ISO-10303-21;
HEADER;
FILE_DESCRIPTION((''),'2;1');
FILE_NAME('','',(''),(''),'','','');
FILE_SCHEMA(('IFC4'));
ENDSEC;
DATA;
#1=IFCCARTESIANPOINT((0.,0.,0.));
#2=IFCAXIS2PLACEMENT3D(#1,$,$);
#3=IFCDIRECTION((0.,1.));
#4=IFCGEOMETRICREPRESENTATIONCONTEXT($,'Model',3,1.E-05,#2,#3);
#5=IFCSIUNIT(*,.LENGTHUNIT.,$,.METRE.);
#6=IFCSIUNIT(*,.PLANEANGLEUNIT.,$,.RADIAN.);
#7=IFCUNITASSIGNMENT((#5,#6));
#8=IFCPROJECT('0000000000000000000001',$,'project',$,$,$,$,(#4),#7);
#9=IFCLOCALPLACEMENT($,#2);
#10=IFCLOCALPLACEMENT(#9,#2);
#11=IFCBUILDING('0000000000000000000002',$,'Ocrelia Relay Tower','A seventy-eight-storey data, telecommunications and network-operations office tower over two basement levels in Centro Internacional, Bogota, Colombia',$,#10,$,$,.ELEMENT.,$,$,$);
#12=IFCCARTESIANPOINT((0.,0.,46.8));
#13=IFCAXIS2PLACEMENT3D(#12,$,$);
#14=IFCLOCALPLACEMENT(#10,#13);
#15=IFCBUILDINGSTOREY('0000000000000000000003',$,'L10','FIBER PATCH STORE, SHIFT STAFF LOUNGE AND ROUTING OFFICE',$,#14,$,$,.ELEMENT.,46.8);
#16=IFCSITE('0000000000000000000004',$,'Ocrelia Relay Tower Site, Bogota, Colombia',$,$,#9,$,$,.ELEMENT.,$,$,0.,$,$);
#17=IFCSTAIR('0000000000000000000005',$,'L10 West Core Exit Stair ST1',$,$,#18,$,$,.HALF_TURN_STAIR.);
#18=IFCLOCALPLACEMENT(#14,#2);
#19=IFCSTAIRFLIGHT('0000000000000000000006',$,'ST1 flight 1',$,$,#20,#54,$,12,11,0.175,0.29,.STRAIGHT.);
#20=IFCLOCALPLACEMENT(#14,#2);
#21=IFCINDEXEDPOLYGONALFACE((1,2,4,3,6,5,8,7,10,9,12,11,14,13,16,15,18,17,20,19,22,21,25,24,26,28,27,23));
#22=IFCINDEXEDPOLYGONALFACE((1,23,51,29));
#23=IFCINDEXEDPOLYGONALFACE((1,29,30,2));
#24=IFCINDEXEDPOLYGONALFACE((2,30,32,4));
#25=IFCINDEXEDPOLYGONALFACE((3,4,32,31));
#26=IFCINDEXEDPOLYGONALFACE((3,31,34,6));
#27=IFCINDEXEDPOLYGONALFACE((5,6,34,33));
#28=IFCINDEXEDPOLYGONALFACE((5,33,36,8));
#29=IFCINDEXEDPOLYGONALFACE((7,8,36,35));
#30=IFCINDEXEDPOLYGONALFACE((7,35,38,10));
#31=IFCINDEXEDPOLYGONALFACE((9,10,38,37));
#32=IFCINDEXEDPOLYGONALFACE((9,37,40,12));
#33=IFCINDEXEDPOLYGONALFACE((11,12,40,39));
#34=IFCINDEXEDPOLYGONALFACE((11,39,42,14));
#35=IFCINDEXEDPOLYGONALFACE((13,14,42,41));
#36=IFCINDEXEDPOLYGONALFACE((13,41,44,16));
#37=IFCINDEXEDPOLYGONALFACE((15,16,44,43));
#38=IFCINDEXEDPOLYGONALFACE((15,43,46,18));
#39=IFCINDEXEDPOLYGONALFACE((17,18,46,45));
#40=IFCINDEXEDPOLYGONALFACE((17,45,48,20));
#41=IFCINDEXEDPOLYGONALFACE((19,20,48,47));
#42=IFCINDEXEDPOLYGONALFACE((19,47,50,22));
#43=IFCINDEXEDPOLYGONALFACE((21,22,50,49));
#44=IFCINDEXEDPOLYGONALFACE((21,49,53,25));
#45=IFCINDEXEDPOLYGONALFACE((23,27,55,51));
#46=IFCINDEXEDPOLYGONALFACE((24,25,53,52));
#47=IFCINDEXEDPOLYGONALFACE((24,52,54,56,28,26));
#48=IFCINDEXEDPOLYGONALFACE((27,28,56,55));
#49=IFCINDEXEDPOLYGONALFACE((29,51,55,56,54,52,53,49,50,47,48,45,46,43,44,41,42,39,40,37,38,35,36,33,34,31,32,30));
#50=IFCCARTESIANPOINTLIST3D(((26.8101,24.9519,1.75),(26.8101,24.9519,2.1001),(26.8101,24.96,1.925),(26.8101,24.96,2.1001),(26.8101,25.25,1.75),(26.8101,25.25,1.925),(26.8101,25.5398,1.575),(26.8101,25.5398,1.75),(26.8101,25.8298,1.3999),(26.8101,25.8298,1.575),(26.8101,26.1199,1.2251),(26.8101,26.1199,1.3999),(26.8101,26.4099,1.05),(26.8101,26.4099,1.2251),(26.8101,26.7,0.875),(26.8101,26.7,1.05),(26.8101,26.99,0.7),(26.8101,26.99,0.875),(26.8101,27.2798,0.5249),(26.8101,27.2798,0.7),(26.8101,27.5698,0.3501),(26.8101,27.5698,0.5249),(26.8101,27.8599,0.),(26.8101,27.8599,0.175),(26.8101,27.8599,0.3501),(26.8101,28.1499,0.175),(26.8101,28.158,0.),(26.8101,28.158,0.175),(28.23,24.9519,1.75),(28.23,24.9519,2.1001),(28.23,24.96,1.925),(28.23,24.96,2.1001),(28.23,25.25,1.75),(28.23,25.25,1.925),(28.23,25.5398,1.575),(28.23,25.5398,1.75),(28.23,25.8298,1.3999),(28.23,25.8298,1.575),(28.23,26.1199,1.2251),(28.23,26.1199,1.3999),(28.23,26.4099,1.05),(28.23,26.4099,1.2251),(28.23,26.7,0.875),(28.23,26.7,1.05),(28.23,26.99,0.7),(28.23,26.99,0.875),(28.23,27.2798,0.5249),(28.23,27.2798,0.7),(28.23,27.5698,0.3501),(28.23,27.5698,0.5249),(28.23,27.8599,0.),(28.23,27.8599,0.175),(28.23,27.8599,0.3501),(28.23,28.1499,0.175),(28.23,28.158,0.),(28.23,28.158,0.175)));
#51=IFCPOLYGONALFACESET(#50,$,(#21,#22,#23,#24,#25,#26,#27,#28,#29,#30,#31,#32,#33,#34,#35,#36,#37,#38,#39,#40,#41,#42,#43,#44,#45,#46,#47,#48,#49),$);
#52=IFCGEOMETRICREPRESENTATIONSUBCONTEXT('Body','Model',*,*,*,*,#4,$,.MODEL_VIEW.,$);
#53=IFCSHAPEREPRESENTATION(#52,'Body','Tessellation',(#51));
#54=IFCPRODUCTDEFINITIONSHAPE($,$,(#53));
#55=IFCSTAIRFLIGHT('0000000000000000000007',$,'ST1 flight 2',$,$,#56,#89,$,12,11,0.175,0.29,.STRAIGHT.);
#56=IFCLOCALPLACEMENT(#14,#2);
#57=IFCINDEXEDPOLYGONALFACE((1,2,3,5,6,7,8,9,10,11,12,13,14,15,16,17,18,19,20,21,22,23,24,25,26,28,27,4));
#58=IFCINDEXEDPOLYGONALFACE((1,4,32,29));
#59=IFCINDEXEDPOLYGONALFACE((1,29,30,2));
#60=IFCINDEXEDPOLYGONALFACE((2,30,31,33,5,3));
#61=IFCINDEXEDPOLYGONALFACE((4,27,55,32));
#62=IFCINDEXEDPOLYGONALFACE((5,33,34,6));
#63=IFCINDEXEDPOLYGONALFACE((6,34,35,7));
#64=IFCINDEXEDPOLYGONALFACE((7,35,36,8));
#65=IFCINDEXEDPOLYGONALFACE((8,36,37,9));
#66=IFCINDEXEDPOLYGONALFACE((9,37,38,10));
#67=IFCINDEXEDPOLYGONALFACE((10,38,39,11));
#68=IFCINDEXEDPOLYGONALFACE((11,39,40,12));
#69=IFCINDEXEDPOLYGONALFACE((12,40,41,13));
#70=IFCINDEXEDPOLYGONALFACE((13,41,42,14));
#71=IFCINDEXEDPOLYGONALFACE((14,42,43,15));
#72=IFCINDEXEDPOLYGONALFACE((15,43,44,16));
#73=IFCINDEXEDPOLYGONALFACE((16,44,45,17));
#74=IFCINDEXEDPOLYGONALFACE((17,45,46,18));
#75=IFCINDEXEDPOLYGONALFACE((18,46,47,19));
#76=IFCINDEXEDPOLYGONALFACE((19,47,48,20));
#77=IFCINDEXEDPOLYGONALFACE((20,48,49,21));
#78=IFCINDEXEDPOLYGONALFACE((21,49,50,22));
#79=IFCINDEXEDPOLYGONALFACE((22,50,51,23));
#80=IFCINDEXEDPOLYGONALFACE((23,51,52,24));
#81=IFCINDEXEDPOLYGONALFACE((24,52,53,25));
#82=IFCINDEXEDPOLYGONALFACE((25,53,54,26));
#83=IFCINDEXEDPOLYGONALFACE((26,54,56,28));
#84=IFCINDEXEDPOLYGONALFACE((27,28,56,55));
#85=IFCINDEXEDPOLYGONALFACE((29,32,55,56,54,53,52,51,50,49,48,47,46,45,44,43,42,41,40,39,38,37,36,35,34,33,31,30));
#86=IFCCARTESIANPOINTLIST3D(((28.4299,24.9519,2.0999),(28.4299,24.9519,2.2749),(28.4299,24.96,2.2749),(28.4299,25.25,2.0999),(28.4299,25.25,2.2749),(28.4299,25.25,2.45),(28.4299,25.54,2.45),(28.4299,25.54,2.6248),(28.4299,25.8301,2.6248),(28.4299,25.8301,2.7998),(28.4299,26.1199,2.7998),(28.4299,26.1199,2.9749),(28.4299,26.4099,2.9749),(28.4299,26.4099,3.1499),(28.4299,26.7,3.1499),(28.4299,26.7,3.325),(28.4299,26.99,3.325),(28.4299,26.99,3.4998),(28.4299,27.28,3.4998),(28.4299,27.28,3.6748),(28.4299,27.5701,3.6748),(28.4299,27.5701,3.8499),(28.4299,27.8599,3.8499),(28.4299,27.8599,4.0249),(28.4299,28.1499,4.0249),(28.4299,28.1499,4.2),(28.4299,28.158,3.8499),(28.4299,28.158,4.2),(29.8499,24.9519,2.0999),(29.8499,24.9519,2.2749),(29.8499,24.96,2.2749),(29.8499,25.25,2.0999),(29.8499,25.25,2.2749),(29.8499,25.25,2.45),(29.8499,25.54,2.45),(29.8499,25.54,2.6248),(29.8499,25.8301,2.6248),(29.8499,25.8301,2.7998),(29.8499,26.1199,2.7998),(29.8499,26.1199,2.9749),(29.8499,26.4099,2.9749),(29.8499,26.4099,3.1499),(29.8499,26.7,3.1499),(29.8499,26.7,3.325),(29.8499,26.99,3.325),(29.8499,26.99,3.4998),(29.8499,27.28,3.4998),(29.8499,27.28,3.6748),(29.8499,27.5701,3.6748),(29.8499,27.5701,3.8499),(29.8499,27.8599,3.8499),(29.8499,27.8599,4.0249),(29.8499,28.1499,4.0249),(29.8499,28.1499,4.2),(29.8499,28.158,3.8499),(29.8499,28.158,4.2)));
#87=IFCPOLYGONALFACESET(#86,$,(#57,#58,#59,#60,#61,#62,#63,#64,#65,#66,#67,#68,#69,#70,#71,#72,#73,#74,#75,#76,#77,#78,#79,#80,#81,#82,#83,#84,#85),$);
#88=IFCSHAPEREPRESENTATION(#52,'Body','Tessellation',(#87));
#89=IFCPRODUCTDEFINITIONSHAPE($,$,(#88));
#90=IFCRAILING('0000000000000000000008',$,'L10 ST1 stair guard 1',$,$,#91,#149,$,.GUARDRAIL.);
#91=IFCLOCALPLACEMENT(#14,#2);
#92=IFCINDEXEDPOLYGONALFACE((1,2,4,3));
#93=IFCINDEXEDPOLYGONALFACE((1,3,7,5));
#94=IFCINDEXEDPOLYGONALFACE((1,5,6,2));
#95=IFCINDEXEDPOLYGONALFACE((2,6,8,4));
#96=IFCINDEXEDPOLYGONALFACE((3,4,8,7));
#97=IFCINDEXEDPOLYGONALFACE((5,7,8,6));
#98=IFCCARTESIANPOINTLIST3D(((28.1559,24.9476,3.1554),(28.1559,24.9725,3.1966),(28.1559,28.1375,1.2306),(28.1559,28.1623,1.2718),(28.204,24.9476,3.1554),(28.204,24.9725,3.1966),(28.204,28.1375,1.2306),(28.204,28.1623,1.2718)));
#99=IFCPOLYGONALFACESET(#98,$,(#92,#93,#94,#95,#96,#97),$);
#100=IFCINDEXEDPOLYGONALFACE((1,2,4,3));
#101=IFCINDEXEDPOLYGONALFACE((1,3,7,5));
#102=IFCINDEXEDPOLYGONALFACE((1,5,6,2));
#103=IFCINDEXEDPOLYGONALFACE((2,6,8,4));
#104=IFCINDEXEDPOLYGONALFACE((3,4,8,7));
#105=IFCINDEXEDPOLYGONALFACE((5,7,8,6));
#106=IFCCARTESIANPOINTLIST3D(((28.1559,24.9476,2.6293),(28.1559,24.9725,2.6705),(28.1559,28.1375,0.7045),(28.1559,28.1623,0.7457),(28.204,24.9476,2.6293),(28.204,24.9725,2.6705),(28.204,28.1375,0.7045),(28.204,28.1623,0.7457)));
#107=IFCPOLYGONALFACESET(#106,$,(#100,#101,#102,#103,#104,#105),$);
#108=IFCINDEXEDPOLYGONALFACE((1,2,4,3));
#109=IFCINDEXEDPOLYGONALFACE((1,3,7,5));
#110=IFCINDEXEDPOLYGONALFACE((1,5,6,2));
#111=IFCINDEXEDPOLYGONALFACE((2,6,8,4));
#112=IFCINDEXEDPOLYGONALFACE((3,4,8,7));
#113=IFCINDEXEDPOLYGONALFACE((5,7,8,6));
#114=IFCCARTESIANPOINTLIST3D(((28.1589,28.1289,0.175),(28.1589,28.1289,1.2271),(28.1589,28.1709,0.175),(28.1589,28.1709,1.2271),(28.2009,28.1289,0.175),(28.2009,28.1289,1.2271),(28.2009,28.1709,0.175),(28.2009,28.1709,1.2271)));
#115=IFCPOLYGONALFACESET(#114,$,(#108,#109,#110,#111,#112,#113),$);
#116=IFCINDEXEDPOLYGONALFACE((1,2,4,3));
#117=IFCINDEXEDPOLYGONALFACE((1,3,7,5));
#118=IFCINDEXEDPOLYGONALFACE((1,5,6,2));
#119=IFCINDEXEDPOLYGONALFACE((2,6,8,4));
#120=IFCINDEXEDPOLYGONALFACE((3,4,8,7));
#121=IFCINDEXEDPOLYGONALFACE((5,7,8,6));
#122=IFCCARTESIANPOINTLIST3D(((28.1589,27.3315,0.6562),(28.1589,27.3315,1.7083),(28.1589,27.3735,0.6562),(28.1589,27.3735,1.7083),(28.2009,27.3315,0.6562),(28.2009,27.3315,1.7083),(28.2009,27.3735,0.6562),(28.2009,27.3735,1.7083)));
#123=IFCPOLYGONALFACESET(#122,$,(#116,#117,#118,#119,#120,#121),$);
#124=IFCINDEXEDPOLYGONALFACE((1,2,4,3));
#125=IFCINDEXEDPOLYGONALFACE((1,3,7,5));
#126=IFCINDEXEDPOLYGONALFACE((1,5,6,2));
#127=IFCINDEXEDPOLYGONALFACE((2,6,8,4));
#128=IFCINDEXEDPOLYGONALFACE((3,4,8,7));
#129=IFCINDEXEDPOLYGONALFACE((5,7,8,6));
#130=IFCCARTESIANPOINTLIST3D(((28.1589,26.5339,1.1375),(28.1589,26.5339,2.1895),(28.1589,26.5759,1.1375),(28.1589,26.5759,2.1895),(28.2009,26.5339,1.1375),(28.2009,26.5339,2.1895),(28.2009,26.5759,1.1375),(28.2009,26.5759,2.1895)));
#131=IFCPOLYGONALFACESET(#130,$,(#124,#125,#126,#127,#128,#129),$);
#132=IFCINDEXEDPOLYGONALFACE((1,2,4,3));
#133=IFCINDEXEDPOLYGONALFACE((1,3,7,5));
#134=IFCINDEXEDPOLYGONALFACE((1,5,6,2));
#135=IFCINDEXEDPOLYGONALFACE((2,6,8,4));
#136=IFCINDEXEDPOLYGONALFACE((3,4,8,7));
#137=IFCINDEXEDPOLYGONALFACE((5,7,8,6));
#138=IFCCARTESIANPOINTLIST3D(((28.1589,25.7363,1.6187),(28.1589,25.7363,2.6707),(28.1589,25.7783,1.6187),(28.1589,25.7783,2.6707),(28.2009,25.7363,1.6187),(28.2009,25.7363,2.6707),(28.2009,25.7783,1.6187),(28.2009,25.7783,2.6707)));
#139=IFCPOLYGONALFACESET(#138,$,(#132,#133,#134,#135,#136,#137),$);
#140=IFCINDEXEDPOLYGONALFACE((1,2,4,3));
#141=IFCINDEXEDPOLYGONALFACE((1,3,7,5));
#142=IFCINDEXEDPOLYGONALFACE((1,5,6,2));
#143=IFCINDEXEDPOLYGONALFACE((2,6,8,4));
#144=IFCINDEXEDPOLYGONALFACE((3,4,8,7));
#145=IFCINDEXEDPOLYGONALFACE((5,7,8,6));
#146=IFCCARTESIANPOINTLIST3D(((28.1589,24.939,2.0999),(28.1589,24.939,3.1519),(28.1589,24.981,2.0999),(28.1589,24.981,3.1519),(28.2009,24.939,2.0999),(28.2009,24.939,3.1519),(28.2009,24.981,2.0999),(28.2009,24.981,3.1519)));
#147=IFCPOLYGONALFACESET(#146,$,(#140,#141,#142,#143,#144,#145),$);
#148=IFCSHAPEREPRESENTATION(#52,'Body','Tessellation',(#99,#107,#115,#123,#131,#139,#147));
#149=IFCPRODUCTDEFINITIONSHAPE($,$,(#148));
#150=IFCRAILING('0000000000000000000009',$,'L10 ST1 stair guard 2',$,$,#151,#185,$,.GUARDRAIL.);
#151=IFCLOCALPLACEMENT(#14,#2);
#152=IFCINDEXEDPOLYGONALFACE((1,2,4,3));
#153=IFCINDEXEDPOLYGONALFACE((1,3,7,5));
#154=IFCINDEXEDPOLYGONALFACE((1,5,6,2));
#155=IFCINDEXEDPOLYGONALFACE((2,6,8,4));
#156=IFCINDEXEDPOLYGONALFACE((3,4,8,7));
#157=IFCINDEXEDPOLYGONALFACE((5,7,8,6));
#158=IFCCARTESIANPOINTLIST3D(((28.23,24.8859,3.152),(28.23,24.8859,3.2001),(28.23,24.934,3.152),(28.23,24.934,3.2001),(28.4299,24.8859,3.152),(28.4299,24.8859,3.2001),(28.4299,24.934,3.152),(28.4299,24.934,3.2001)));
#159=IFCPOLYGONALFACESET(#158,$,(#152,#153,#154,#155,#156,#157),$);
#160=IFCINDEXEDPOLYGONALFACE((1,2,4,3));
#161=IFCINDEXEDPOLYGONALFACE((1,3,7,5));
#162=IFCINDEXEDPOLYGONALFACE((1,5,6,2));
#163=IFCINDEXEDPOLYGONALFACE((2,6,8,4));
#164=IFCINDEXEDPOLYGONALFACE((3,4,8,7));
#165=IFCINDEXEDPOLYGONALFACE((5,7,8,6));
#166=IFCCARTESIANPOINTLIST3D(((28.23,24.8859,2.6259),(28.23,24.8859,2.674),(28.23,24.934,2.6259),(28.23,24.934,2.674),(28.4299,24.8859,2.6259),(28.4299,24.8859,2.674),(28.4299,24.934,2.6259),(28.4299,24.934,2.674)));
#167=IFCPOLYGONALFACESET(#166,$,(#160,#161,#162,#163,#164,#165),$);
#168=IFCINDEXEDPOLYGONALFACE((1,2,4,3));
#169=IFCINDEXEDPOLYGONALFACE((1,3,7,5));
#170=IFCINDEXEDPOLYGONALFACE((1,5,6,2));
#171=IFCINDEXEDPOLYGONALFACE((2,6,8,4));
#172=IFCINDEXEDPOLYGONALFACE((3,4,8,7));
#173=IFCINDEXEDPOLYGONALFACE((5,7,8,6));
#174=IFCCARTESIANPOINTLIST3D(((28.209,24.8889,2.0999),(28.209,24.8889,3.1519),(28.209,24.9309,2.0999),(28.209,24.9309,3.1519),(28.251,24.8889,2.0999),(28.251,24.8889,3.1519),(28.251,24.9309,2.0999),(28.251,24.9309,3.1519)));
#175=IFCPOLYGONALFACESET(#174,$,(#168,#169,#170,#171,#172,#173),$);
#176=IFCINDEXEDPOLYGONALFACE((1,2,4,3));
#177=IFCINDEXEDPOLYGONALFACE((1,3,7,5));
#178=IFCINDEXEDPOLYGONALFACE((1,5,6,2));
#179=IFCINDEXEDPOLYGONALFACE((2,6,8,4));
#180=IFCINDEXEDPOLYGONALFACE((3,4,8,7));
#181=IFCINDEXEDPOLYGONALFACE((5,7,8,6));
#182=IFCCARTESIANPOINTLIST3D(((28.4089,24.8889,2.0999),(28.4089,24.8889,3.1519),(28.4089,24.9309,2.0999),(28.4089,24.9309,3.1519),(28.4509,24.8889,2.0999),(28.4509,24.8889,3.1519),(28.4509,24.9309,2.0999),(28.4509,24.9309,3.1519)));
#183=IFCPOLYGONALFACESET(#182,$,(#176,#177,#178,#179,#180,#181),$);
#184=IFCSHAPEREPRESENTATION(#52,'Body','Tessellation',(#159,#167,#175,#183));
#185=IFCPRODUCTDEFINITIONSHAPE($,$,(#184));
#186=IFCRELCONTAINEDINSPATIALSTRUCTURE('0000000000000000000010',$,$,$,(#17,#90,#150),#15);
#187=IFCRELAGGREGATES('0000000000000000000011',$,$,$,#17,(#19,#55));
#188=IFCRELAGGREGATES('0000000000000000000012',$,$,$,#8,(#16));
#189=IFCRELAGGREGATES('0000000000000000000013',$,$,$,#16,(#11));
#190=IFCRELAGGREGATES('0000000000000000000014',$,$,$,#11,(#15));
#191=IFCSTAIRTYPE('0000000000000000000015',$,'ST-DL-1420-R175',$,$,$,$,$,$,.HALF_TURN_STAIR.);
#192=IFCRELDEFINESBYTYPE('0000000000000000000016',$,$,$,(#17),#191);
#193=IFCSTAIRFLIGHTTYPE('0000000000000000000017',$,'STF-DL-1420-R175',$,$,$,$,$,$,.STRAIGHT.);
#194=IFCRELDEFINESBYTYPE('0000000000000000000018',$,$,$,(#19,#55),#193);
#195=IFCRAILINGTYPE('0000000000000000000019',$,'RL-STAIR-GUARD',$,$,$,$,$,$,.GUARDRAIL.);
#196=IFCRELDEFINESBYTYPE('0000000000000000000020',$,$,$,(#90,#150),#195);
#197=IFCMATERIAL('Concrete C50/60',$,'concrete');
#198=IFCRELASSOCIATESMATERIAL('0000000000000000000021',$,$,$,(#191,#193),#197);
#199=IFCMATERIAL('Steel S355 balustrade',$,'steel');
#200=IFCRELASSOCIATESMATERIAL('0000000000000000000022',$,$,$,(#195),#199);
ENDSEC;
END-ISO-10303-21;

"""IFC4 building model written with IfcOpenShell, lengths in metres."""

from ifc_helpers import new_model, si_unit, direction, frame, origin, origin_2d, place, context, subcontext, project, spatial, polyline, rectangle, outline, extrude, material, type_object, element, aggregate, save


model = new_model("IFC4")

# Units and contexts
model_context = context("Model", 3, precision=1e-05, world=origin(), true_north=direction((0.0, 1.0)))
body_context = subcontext(model_context, "Body", "Model", "MODEL_VIEW")
ifc_project = project(units=[si_unit("LENGTHUNIT", "METRE"), si_unit("PLANEANGLEUNIT", "RADIAN")], contexts=[model_context])

# Site, building, storey
site_placement = place(None, origin())
site = spatial("IfcSite", under=ifc_project, at=site_placement, Name="Ocrelia Relay Tower Site, Bogota, Colombia", CompositionType="ELEMENT", RefElevation=0.0)
building_placement = place(site_placement, origin())
building = spatial("IfcBuilding", under=site, at=building_placement, Name="Ocrelia Relay Tower", Description="A seventy-eight-storey data, telecommunications and network-operations office tower over two basement levels in Centro Internacional, Bogota, Colombia", CompositionType="ELEMENT")
storey_placement = place(building_placement, frame((0.0, 0.0, 46.8)))
storey = spatial("IfcBuildingStorey", under=building, at=storey_placement, Name="L10", Description="FIBER PATCH STORE, SHIFT STAFF LOUNGE AND ROUTING OFFICE", CompositionType="ELEMENT", Elevation=46.8)

# Shared definitions
ifc_material_1 = material(Name="Concrete C50/60", Category="concrete")

# Stair, stair flights
stair_type = type_object("IfcStairType", Name="ST-DL-1420-R175", PredefinedType="HALF_TURN_STAIR", material=ifc_material_1)
stair_placement = place(storey_placement, origin())
stair = element("IfcStair", 1, at=stair_placement, inside=storey, type_object=stair_type, Name="L10 West Core Exit Stair ST1", PredefinedType="HALF_TURN_STAIR")
stair_flight_type = type_object("IfcStairFlightType", Name="STF-DL-1420-R175", PredefinedType="STRAIGHT", material=ifc_material_1)
stair_flight_1_placement = place(storey_placement, frame((27.52, 28.1499, 0.0), z_axis=(0.0, 0.0, 1.0), x_axis=(0.0, -1.0, 0.0)))
stair_flight_1 = element("IfcStairFlight", 2, at=stair_flight_1_placement, type_object=stair_flight_type, Name="ST1 flight 1", NumberOfRisers=12, NumberOfTreads=11, PredefinedType="STRAIGHT", RiserHeight=0.175, TreadLength=0.29, context=body_context, shape_type="SweptSolid", body=[
    extrude(outline(polyline([(-0.0081, 0.0), (-0.0081, 0.175), (0.0, 0.175), (0.29, 0.175), (0.29, 0.3501), (0.5801, 0.3501), (0.5801, 0.5249), (0.8701, 0.5249), (0.8701, 0.7), (1.1599, 0.7), (1.1599, 0.875), (1.45, 0.875), (1.45, 1.05), (1.74, 1.05), (1.74, 1.2251), (2.03, 1.2251), (2.03, 1.3999), (2.3201, 1.3999), (2.3201, 1.575), (2.6101, 1.575), (2.6101, 1.75), (2.8999, 1.75), (2.8999, 1.925), (3.1899, 1.925), (3.1899, 2.1001), (3.198, 2.1001), (3.198, 1.75), (0.29, 0.0), (-0.0081, 0.0)])), frame((0.0, 0.71, 0.0), z_axis=(0.0, -1.0, 0.0), x_axis=(1.0, 0.0, 0.0)), (0.0, 0.0, 1.0), 1.4199),
])
stair_flight_2_placement = place(storey_placement, frame((29.1399, 24.96, 2.0999), z_axis=(0.0, 0.0, 1.0), x_axis=(0.0, 1.0, 0.0)))
stair_flight_2 = element("IfcStairFlight", 3, at=stair_flight_2_placement, type_object=stair_flight_type, Name="ST1 flight 2", NumberOfRisers=12, NumberOfTreads=11, PredefinedType="STRAIGHT", RiserHeight=0.175, TreadLength=0.29, context=body_context, shape_type="SweptSolid", body=[
    extrude(outline(polyline([(-0.0081, 0.0), (-0.0081, 0.175), (0.0, 0.175), (0.29, 0.175), (0.29, 0.3501), (0.5801, 0.3501), (0.5801, 0.5249), (0.8701, 0.5249), (0.8701, 0.7), (1.1599, 0.7), (1.1599, 0.875), (1.45, 0.875), (1.45, 1.05), (1.74, 1.05), (1.74, 1.2251), (2.03, 1.2251), (2.03, 1.3999), (2.3201, 1.3999), (2.3201, 1.575), (2.6101, 1.575), (2.6101, 1.75), (2.8999, 1.75), (2.8999, 1.925), (3.1899, 1.925), (3.1899, 2.1001), (3.198, 2.1001), (3.198, 1.75), (0.29, 0.0), (-0.0081, 0.0)])), frame((0.0, 0.71, 0.0), z_axis=(0.0, -1.0, 0.0), x_axis=(1.0, 0.0, 0.0)), (0.0, 0.0, 1.0), 1.4199),
])
aggregate(stair, [stair_flight_1, stair_flight_2])

# Railings
ifc_material_2 = material(Name="Steel S355 balustrade", Category="steel")
railing_type_1 = type_object("IfcRailingType", Name="RL-STAIR-GUARD", PredefinedType="GUARDRAIL", material=ifc_material_2)
railing_1_placement = place(storey_placement, frame((28.1799, 28.1499, 0.175)))
element("IfcRailing", 4, at=railing_1_placement, inside=storey, type_object=railing_type_1, Name="L10 ST1 stair guard 1", PredefinedType="GUARDRAIL", context=body_context, shape_type="SweptSolid", body=[
    extrude(rectangle(XDim=0.0481, YDim=0.0481, at=origin_2d()), frame((0.0, 0.0, 1.0762), z_axis=(0.0, -0.856207, 0.516633), x_axis=(1.0, 0.0, 0.0)), (0.0, 0.0, 1.0), 3.7256),
    extrude(rectangle(XDim=0.0481, YDim=0.0481, at=origin_2d()), frame((0.0, 0.0, 0.55), z_axis=(0.0, -0.856207, 0.516633), x_axis=(1.0, 0.0, 0.0)), (0.0, 0.0, 1.0), 3.7256),
    extrude(rectangle(XDim=0.042, YDim=0.042, at=origin_2d()), origin(), (0.0, 0.0, 1.0), 1.052),
    extrude(rectangle(XDim=0.042, YDim=0.042, at=origin_2d()), frame((0.0, -0.7974, 0.4812)), (0.0, 0.0, 1.0), 1.052),
    extrude(rectangle(XDim=0.042, YDim=0.042, at=origin_2d()), frame((0.0, -1.595, 0.9624)), (0.0, 0.0, 1.0), 1.052),
    extrude(rectangle(XDim=0.042, YDim=0.042, at=origin_2d()), frame((0.0, -2.3926, 1.4436)), (0.0, 0.0, 1.0), 1.052),
    extrude(rectangle(XDim=0.042, YDim=0.042, at=origin_2d()), frame((0.0, -3.1899, 1.9248)), (0.0, 0.0, 1.0), 1.052),
])
railing_2_placement = place(storey_placement, frame((28.23, 24.9099, 2.0999)))
element("IfcRailing", 5, at=railing_2_placement, inside=storey, type_object=railing_type_1, Name="L10 ST1 stair guard 2", PredefinedType="GUARDRAIL", context=body_context, shape_type="SweptSolid", body=[
    extrude(rectangle(XDim=0.0481, YDim=0.0481, at=origin_2d()), frame((0.0, 0.0, 1.0762), z_axis=(1.0, 0.0, 0.0), x_axis=(0.0, 1.0, 0.0)), (0.0, 0.0, 1.0), 0.2),
    extrude(rectangle(XDim=0.0481, YDim=0.0481, at=origin_2d()), frame((0.0, 0.0, 0.55), z_axis=(1.0, 0.0, 0.0), x_axis=(0.0, 1.0, 0.0)), (0.0, 0.0, 1.0), 0.2),
    extrude(rectangle(XDim=0.042, YDim=0.042, at=origin_2d()), origin(), (0.0, 0.0, 1.0), 1.052),
    extrude(rectangle(XDim=0.042, YDim=0.042, at=origin_2d()), frame((0.2, 0.0, 0.0)), (0.0, 0.0, 1.0), 1.052),
])

save(model, "model.ifc")
